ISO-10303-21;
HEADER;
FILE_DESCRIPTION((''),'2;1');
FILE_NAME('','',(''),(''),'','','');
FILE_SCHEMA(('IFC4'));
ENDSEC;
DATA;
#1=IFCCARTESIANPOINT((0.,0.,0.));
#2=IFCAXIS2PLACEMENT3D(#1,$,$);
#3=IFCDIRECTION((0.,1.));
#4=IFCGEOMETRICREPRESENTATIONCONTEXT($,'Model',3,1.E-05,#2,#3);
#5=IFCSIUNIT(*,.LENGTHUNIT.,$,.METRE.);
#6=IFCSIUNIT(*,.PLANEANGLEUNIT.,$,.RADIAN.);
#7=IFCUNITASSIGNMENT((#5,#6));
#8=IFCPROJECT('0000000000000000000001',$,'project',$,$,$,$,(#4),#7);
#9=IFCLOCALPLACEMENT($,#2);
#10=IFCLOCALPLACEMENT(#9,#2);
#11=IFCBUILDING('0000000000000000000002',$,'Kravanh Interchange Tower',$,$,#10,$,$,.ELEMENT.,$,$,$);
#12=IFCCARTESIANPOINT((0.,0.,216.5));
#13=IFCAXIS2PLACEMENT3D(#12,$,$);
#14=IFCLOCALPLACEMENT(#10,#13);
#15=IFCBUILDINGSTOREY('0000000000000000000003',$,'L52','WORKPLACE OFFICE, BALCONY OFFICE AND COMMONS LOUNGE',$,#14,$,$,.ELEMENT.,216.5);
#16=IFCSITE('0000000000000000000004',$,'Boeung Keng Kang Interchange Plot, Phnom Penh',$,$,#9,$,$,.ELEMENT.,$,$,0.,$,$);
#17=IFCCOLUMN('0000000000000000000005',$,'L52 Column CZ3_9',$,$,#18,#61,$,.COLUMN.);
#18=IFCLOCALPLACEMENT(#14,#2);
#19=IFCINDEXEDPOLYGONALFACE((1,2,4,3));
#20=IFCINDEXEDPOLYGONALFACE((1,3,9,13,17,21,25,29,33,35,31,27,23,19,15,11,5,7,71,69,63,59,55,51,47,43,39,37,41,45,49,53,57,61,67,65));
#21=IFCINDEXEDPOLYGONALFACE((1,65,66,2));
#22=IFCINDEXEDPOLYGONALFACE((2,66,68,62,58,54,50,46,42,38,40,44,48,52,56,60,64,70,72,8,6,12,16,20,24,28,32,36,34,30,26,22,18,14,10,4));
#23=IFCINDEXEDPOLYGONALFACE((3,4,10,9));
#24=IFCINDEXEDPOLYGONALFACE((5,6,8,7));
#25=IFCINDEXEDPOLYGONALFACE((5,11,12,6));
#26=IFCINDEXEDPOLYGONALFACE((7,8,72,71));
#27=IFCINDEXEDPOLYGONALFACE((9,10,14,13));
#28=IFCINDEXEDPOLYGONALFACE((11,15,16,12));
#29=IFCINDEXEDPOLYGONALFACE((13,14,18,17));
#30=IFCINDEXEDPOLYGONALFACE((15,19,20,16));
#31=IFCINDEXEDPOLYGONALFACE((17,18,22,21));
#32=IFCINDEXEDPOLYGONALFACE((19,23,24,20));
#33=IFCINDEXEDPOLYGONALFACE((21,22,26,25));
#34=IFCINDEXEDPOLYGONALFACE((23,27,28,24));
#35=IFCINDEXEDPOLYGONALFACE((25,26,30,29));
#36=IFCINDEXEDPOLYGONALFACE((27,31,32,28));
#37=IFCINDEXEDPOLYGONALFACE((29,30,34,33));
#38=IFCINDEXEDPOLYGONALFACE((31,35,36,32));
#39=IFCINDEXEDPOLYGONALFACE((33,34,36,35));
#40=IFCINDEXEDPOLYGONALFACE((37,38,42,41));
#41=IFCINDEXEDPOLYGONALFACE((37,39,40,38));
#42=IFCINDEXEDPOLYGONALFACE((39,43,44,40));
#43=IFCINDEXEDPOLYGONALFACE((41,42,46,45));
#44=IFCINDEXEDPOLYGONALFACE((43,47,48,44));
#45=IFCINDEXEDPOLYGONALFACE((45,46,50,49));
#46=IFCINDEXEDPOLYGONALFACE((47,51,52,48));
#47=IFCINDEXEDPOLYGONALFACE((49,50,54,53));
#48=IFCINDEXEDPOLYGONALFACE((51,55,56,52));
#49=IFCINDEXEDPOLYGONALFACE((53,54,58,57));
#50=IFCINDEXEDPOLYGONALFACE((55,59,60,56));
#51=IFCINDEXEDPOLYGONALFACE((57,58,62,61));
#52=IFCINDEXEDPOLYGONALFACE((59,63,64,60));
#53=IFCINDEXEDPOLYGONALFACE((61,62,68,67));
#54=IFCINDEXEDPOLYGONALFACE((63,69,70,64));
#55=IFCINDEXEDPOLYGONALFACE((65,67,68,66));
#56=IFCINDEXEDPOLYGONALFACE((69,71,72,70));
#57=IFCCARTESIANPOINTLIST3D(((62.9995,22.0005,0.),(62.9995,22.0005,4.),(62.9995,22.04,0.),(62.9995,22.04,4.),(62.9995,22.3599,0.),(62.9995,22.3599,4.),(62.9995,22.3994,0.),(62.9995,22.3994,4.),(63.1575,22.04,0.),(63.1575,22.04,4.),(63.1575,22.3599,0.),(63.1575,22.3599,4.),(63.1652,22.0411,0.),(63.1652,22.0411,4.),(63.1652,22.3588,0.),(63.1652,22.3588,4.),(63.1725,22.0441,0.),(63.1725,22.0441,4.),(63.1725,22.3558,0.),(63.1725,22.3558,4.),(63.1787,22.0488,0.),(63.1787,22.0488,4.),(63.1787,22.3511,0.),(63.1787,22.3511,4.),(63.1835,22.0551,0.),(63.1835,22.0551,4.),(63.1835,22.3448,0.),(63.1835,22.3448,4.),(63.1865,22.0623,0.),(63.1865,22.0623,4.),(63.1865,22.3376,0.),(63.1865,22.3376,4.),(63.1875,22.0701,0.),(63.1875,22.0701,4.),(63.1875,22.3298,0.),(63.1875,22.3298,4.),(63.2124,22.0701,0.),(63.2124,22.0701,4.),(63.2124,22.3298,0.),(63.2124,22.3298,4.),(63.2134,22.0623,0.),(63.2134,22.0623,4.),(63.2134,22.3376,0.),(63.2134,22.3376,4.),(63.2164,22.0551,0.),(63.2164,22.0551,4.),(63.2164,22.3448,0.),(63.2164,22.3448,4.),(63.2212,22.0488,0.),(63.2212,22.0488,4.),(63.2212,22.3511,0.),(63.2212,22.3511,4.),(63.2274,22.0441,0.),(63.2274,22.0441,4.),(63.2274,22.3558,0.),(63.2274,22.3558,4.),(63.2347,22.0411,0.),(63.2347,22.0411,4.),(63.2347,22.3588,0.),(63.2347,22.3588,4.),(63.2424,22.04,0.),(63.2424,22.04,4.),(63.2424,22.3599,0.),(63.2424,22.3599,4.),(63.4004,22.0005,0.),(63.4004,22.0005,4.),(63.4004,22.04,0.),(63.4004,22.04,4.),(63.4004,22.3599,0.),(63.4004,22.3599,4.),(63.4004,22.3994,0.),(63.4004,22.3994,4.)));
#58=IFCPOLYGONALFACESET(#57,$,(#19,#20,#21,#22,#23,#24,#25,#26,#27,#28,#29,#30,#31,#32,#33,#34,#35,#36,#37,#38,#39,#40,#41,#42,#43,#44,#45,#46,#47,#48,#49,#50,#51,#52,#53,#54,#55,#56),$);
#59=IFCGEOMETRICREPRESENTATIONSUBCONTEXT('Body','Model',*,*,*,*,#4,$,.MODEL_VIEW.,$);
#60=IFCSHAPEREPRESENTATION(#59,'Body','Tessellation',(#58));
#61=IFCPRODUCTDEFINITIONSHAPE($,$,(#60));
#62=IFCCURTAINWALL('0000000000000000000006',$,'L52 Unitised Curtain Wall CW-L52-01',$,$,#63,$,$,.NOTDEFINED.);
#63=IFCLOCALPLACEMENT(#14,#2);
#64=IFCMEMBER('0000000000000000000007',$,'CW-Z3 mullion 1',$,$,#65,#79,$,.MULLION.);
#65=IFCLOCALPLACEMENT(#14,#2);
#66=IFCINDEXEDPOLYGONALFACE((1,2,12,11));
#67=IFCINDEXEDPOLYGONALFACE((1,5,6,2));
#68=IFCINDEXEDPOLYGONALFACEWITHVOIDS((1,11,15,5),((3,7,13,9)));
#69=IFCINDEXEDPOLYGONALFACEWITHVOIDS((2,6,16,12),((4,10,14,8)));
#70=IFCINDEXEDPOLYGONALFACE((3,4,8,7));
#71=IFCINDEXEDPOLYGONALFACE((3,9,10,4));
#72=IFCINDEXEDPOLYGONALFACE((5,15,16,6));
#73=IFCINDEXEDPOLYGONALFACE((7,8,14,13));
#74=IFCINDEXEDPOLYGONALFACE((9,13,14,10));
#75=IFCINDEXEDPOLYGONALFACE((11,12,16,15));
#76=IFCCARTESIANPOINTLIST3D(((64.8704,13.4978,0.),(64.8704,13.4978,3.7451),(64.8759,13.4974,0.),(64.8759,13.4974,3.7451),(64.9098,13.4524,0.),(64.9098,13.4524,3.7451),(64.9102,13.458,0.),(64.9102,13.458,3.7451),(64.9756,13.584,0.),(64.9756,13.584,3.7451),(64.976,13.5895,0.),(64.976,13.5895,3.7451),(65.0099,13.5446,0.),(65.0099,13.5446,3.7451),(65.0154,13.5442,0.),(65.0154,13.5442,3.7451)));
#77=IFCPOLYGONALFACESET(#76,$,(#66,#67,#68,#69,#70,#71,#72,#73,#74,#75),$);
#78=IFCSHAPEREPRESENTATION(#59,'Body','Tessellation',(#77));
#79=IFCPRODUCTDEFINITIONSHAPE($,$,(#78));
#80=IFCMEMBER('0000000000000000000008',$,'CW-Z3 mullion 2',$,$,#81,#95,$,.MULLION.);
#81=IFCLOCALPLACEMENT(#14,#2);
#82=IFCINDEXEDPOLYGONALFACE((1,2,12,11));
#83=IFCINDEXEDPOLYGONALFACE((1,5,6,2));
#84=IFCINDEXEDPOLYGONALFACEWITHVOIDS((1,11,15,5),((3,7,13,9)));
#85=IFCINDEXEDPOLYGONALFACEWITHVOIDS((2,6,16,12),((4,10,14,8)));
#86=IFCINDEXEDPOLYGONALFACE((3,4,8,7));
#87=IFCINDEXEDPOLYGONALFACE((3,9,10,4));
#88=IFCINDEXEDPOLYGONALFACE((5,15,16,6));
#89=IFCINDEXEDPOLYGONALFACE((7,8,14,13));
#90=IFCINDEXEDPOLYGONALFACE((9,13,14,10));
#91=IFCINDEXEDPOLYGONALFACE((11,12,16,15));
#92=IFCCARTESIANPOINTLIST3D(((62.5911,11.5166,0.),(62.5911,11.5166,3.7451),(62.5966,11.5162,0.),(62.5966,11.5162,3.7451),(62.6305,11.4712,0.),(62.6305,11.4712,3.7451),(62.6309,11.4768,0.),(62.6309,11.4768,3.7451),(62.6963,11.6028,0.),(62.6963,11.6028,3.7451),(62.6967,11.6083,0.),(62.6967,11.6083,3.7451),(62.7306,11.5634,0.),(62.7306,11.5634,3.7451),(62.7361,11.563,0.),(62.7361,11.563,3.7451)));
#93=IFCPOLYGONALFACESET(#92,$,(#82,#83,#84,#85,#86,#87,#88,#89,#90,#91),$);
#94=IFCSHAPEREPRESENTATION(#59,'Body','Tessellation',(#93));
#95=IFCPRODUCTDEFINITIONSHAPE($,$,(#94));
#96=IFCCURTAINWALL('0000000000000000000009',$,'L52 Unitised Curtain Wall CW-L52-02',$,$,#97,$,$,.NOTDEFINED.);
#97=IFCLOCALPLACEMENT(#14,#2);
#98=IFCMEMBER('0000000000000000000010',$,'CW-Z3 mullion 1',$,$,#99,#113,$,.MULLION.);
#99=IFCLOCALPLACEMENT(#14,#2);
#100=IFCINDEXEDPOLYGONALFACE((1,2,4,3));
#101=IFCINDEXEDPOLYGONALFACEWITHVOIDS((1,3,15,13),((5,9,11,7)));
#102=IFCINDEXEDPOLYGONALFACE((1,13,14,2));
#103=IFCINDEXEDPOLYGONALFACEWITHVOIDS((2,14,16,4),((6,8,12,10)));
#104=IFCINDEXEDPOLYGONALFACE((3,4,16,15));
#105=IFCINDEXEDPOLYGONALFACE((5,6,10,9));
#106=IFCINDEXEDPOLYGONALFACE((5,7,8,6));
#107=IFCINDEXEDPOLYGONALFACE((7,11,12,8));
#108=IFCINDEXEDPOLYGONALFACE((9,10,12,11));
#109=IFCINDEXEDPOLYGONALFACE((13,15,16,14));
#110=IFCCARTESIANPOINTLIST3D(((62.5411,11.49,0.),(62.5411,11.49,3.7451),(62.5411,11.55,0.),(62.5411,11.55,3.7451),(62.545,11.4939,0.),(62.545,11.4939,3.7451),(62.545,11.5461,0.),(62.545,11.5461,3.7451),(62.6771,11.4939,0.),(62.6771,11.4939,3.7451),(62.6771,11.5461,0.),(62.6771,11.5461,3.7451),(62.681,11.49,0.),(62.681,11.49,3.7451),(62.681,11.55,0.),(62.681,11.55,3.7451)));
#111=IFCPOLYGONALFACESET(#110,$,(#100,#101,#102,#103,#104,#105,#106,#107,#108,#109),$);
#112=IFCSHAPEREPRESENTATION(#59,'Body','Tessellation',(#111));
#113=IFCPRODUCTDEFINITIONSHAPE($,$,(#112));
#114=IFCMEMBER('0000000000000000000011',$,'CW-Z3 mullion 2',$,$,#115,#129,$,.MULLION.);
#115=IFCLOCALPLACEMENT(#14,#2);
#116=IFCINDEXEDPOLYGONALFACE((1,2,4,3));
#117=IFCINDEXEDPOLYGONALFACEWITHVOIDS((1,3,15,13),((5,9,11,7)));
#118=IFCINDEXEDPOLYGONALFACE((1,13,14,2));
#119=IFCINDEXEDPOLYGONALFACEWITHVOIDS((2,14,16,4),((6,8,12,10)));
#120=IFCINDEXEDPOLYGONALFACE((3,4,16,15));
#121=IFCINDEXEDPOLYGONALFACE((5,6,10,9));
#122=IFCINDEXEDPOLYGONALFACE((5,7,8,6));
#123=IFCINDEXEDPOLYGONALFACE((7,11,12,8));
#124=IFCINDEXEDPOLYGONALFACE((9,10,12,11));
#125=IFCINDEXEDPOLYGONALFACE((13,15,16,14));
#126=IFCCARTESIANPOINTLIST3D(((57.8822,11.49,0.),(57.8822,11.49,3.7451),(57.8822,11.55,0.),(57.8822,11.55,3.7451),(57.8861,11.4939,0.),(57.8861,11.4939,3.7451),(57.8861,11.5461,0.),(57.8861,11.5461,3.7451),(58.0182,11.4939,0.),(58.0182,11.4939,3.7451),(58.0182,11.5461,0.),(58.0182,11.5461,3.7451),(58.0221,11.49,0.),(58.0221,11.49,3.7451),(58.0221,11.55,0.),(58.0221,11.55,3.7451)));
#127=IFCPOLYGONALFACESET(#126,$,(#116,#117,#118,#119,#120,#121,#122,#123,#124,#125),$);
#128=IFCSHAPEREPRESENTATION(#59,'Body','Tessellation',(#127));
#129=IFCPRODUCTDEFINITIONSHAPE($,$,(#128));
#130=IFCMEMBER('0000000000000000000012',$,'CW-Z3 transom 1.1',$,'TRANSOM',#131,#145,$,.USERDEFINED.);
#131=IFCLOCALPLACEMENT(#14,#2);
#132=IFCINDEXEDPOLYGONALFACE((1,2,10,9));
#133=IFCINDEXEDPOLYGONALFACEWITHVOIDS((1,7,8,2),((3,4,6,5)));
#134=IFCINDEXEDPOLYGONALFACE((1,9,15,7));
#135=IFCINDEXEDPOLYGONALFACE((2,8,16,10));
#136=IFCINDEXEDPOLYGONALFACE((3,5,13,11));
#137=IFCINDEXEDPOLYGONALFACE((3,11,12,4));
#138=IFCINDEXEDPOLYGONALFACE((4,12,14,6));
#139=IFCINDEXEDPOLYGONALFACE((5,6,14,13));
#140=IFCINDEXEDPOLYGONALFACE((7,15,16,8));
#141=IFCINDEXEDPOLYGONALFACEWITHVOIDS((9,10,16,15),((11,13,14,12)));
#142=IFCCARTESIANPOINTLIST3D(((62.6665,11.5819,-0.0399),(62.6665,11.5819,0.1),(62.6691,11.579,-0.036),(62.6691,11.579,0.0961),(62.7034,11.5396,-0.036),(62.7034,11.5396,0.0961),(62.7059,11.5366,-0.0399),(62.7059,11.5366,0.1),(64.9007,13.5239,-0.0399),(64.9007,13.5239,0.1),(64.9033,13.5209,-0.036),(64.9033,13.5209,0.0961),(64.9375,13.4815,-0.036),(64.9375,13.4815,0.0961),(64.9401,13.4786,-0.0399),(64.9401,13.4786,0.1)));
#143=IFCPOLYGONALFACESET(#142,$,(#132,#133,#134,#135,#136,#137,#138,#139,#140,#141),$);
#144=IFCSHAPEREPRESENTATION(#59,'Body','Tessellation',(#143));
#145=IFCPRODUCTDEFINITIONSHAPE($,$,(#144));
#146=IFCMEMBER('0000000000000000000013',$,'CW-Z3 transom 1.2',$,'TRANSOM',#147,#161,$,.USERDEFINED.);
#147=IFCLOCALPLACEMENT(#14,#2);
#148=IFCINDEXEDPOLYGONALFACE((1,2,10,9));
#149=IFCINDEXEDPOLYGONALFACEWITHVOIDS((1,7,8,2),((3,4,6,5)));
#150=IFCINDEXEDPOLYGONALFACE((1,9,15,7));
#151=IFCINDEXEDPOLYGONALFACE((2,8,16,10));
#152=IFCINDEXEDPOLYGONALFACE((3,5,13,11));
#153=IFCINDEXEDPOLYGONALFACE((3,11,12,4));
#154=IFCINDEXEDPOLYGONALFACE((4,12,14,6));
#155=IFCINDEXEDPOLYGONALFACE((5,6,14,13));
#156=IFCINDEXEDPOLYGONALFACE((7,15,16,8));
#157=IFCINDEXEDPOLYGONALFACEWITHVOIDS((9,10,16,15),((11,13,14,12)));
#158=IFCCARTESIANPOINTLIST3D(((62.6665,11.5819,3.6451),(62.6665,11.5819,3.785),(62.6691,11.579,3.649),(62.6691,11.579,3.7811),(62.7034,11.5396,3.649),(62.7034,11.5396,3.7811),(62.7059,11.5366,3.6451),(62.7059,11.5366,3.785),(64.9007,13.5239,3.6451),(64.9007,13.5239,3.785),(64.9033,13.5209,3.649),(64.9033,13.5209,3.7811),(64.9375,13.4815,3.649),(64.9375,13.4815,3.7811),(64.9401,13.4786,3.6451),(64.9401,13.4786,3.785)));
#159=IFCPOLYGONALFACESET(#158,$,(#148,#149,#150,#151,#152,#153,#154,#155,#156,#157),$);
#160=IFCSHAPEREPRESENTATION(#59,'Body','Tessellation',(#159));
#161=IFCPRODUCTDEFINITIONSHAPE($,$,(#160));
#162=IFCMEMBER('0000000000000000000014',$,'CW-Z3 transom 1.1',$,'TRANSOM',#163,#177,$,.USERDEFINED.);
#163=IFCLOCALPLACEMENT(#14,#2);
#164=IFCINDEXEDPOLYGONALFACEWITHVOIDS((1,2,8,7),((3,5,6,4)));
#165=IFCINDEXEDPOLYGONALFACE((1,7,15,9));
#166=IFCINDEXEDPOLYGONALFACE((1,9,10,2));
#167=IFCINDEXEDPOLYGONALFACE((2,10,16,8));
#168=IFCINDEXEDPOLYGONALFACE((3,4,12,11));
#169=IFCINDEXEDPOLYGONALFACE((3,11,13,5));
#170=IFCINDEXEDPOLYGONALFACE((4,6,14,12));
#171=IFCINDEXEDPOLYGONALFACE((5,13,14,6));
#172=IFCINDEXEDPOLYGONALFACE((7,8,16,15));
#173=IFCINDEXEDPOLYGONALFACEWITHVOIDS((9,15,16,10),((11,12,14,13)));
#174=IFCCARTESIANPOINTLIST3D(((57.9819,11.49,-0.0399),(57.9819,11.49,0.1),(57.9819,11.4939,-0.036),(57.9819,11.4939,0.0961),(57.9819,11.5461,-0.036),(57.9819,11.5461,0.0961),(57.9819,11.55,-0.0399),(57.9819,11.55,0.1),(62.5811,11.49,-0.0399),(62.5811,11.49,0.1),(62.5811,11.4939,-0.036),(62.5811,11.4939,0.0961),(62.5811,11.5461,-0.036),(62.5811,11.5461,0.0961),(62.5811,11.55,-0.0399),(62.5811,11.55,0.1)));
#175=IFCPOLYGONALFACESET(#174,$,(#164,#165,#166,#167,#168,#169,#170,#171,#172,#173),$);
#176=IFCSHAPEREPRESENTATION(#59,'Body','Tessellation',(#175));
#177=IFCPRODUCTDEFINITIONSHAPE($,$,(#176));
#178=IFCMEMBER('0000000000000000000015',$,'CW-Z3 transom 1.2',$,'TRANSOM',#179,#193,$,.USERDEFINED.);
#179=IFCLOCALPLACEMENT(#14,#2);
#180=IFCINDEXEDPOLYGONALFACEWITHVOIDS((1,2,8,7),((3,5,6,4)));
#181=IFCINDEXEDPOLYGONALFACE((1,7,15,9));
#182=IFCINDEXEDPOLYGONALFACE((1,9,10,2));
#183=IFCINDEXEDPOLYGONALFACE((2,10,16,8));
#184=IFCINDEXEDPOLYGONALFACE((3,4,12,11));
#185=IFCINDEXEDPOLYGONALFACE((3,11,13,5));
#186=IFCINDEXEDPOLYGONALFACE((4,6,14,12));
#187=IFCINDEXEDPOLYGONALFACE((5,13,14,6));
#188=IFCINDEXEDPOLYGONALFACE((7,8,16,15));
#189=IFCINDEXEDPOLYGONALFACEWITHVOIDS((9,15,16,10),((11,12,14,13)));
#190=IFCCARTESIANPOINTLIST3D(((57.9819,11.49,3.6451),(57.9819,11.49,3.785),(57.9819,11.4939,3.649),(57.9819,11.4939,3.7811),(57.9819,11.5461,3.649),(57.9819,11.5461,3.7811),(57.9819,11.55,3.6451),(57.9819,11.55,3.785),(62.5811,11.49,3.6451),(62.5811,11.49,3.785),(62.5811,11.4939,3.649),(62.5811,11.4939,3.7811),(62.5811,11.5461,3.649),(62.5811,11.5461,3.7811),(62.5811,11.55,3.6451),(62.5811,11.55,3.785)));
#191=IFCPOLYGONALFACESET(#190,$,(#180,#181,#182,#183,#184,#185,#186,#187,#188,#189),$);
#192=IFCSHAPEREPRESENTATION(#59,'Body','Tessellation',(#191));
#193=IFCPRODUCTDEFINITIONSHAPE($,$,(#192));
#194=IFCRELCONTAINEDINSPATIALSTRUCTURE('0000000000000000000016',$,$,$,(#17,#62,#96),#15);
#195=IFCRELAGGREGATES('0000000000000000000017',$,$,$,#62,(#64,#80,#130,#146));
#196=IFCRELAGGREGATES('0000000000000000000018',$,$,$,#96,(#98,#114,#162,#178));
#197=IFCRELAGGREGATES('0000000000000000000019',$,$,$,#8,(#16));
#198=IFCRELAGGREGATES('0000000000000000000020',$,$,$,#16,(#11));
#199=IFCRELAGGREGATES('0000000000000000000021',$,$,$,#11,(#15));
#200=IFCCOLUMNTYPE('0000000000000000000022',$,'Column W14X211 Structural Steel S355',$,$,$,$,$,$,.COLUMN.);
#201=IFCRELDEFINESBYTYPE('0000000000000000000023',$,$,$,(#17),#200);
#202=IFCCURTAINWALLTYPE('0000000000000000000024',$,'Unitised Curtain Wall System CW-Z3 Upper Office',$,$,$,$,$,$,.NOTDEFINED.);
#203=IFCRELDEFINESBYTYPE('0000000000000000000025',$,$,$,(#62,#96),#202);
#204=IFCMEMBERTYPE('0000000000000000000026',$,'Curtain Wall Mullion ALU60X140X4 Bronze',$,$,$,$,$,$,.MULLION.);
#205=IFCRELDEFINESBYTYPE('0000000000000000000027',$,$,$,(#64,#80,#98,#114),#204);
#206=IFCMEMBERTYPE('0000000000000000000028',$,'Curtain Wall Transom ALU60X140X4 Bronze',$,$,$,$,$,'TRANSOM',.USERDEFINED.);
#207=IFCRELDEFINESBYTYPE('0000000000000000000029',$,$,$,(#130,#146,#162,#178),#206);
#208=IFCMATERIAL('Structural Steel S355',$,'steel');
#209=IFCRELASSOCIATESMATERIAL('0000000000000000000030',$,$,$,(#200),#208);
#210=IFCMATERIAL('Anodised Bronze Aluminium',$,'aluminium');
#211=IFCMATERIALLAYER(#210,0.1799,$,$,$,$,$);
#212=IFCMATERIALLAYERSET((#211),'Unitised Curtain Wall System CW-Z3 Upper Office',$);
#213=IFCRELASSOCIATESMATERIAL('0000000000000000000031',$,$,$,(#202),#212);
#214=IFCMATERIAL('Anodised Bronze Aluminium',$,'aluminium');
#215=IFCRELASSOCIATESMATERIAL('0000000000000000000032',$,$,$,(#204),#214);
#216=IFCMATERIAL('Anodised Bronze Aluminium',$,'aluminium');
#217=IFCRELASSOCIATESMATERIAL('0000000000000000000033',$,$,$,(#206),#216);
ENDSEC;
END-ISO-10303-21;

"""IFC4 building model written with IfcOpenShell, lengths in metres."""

from ifc_helpers import new_model, si_unit, direction, frame, origin, origin_2d, place, context, subcontext, project, spatial, hollow_rectangle, i_section, extrude, material, layer, layer_set, material_profile, profile_set, type_object, element, aggregate, save


model = new_model("IFC4")

# Units and contexts
model_context = context("Model", 3, precision=1e-05, world=origin(), true_north=direction((0.0, 1.0)))
body_context = subcontext(model_context, "Body", "Model", "MODEL_VIEW")
ifc_project = project(units=[si_unit("LENGTHUNIT", "METRE"), si_unit("PLANEANGLEUNIT", "RADIAN")], contexts=[model_context])

# Site, building, storey
site_placement = place(None, origin())
site = spatial("IfcSite", under=ifc_project, at=site_placement, Name="Boeung Keng Kang Interchange Plot, Phnom Penh", CompositionType="ELEMENT", RefElevation=0.0)
building_placement = place(site_placement, origin())
building = spatial("IfcBuilding", under=site, at=building_placement, Name="Kravanh Interchange Tower", CompositionType="ELEMENT")
storey_placement = place(building_placement, frame((0.0, 0.0, 216.5)))
storey = spatial("IfcBuildingStorey", under=building, at=storey_placement, Name="L52", Description="WORKPLACE OFFICE, BALCONY OFFICE AND COMMONS LOUNGE", CompositionType="ELEMENT", Elevation=216.5)

# Column
ifc_material_1 = material(Name="Structural Steel S355", Category="steel")
ifc_material_profile_1 = material_profile(ifc_material_1, i_section(OverallWidth=0.4009, OverallDepth=0.3989, WebThickness=0.0249, FlangeThickness=0.0396, FilletRadius=0.03, at=origin_2d()), Name="W14X211")
ifc_profile_set_1 = profile_set([ifc_material_profile_1], Name="Structural Steel S355")
column_type = type_object("IfcColumnType", Name="Column W14X211 Structural Steel S355", PredefinedType="COLUMN", material=ifc_profile_set_1)
for number, where, z_axis, x_axis, name in (
    (1, (63.2, 22.2, 0.0), (0.0, 0.0, 1.0), (1.0, 0.0, 0.0), "L52 Column CZ3_9"),
):
    element("IfcColumn", number, at=place(storey_placement, frame(where, z_axis=z_axis, x_axis=x_axis)), inside=storey, type_object=column_type, Name=name, PredefinedType="COLUMN", context=body_context, shape_type="SweptSolid", body=[
        extrude(i_section(OverallWidth=0.4009, OverallDepth=0.3989, WebThickness=0.0249, FlangeThickness=0.0396, FilletRadius=0.03, at=origin_2d()), origin(), (0.0, 0.0, 1.0), 4.0),
    ])

# Curtain walls, members
ifc_material_2 = material(Name="Anodised Bronze Aluminium", Category="aluminium")
ifc_layer_1 = layer(ifc_material_2, 0.1799)
ifc_layer_set_1 = layer_set([ifc_layer_1], Name="Unitised Curtain Wall System CW-Z3 Upper Office")
curtain_wall_type = type_object("IfcCurtainWallType", Name="Unitised Curtain Wall System CW-Z3 Upper Office", PredefinedType="NOTDEFINED", material=ifc_layer_set_1)
curtain_wall_1_placement = place(storey_placement, origin())
curtain_wall_1 = element("IfcCurtainWall", 2, at=curtain_wall_1_placement, inside=storey, type_object=curtain_wall_type, Name="L52 Unitised Curtain Wall CW-L52-01", PredefinedType="NOTDEFINED")
ifc_material_3 = material(Name="Anodised Bronze Aluminium", Category="aluminium")
ifc_material_profile_2 = material_profile(ifc_material_3, hollow_rectangle(XDim=0.0601, YDim=0.1399, WallThickness=0.0039, at=origin_2d()), Name="ALU60X140X4")
ifc_profile_set_2 = profile_set([ifc_material_profile_2], Name="Anodised Bronze Aluminium")
member_type_1 = type_object("IfcMemberType", Name="Curtain Wall Mullion ALU60X140X4 Bronze", PredefinedType="MULLION", material=ifc_profile_set_2)
member_1_placement = place(storey_placement, frame((64.9429, 13.521, 0.0), z_axis=(0.0, 0.0, 1.0), x_axis=(0.656051, -0.754717, 0.0)))
member_1 = element("IfcMember", 3, at=member_1_placement, type_object=member_type_1, Name="CW-Z3 mullion 1", PredefinedType="MULLION", context=body_context, shape_type="SweptSolid", body=[
    extrude(hollow_rectangle(XDim=0.0601, YDim=0.1399, WallThickness=0.0039, at=origin_2d()), origin(), (0.0, 0.0, 1.0), 3.7451),
])
member_2_placement = place(storey_placement, frame((62.6636, 11.5398, 0.0), z_axis=(0.0, 0.0, 1.0), x_axis=(0.656051, -0.754717, 0.0)))
member_2 = element("IfcMember", 4, at=member_2_placement, type_object=member_type_1, Name="CW-Z3 mullion 2", PredefinedType="MULLION", context=body_context, shape_type="SweptSolid", body=[
    extrude(hollow_rectangle(XDim=0.0601, YDim=0.1399, WallThickness=0.0039, at=origin_2d()), origin(), (0.0, 0.0, 1.0), 3.7451),
])
curtain_wall_2_placement = place(storey_placement, origin())
curtain_wall_2 = element("IfcCurtainWall", 5, at=curtain_wall_2_placement, inside=storey, type_object=curtain_wall_type, Name="L52 Unitised Curtain Wall CW-L52-02", PredefinedType="NOTDEFINED")
member_3_placement = place(storey_placement, frame((62.6111, 11.52, 0.0), z_axis=(0.0, 0.0, 1.0), x_axis=(0.0, -1.0, 0.0)))
member_3 = element("IfcMember", 6, at=member_3_placement, type_object=member_type_1, Name="CW-Z3 mullion 1", PredefinedType="MULLION", context=body_context, shape_type="SweptSolid", body=[
    extrude(hollow_rectangle(XDim=0.0601, YDim=0.1399, WallThickness=0.0039, at=origin_2d()), origin(), (0.0, 0.0, 1.0), 3.7451),
])
member_4_placement = place(storey_placement, frame((57.9521, 11.52, 0.0), z_axis=(0.0, 0.0, 1.0), x_axis=(0.0, -1.0, 0.0)))
member_4 = element("IfcMember", 7, at=member_4_placement, type_object=member_type_1, Name="CW-Z3 mullion 2", PredefinedType="MULLION", context=body_context, shape_type="SweptSolid", body=[
    extrude(hollow_rectangle(XDim=0.0601, YDim=0.1399, WallThickness=0.0039, at=origin_2d()), origin(), (0.0, 0.0, 1.0), 3.7451),
])

# Members
ifc_material_4 = material(Name="Anodised Bronze Aluminium", Category="aluminium")
ifc_material_profile_3 = material_profile(ifc_material_4, hollow_rectangle(XDim=0.0601, YDim=0.1399, WallThickness=0.0039, at=origin_2d()), Name="ALU60X140X4")
ifc_profile_set_3 = profile_set([ifc_material_profile_3], Name="Anodised Bronze Aluminium")
member_type_2 = type_object("IfcMemberType", Name="Curtain Wall Transom ALU60X140X4 Bronze", ElementType="TRANSOM", PredefinedType="USERDEFINED", material=ifc_profile_set_3)
member_5_placement = place(storey_placement, frame((64.9204, 13.5012, 0.03), z_axis=(-0.754744, -0.656019, 0.0), x_axis=(0.656019, -0.754744, 0.0)))
member_5 = element("IfcMember", 8, at=member_5_placement, type_object=member_type_2, Name="CW-Z3 transom 1.1", ObjectType="TRANSOM", PredefinedType="USERDEFINED", context=body_context, shape_type="SweptSolid", body=[
    extrude(hollow_rectangle(XDim=0.0601, YDim=0.1399, WallThickness=0.0039, at=origin_2d()), origin(), (0.0, 0.0, 1.0), 2.9602),
])
member_6_placement = place(storey_placement, frame((64.9204, 13.5012, 3.7151), z_axis=(-0.754744, -0.656019, 0.0), x_axis=(0.656019, -0.754744, 0.0)))
member_6 = element("IfcMember", 9, at=member_6_placement, type_object=member_type_2, Name="CW-Z3 transom 1.2", ObjectType="TRANSOM", PredefinedType="USERDEFINED", context=body_context, shape_type="SweptSolid", body=[
    extrude(hollow_rectangle(XDim=0.0601, YDim=0.1399, WallThickness=0.0039, at=origin_2d()), origin(), (0.0, 0.0, 1.0), 2.9602),
])
member_7_placement = place(storey_placement, frame((62.5811, 11.52, 0.03), z_axis=(-1.0, 0.0, 0.0), x_axis=(0.0, -1.0, 0.0)))
member_7 = element("IfcMember", 10, at=member_7_placement, type_object=member_type_2, Name="CW-Z3 transom 1.1", ObjectType="TRANSOM", PredefinedType="USERDEFINED", context=body_context, shape_type="SweptSolid", body=[
    extrude(hollow_rectangle(XDim=0.0601, YDim=0.1399, WallThickness=0.0039, at=origin_2d()), origin(), (0.0, 0.0, 1.0), 4.5991),
])
member_8_placement = place(storey_placement, frame((62.5811, 11.52, 3.7151), z_axis=(-1.0, 0.0, 0.0), x_axis=(0.0, -1.0, 0.0)))
member_8 = element("IfcMember", 11, at=member_8_placement, type_object=member_type_2, Name="CW-Z3 transom 1.2", ObjectType="TRANSOM", PredefinedType="USERDEFINED", context=body_context, shape_type="SweptSolid", body=[
    extrude(hollow_rectangle(XDim=0.0601, YDim=0.1399, WallThickness=0.0039, at=origin_2d()), origin(), (0.0, 0.0, 1.0), 4.5991),
])

aggregate(curtain_wall_1, [member_1, member_2, member_5, member_6])
aggregate(curtain_wall_2, [member_3, member_4, member_7, member_8])

save(model, "model.ifc")
